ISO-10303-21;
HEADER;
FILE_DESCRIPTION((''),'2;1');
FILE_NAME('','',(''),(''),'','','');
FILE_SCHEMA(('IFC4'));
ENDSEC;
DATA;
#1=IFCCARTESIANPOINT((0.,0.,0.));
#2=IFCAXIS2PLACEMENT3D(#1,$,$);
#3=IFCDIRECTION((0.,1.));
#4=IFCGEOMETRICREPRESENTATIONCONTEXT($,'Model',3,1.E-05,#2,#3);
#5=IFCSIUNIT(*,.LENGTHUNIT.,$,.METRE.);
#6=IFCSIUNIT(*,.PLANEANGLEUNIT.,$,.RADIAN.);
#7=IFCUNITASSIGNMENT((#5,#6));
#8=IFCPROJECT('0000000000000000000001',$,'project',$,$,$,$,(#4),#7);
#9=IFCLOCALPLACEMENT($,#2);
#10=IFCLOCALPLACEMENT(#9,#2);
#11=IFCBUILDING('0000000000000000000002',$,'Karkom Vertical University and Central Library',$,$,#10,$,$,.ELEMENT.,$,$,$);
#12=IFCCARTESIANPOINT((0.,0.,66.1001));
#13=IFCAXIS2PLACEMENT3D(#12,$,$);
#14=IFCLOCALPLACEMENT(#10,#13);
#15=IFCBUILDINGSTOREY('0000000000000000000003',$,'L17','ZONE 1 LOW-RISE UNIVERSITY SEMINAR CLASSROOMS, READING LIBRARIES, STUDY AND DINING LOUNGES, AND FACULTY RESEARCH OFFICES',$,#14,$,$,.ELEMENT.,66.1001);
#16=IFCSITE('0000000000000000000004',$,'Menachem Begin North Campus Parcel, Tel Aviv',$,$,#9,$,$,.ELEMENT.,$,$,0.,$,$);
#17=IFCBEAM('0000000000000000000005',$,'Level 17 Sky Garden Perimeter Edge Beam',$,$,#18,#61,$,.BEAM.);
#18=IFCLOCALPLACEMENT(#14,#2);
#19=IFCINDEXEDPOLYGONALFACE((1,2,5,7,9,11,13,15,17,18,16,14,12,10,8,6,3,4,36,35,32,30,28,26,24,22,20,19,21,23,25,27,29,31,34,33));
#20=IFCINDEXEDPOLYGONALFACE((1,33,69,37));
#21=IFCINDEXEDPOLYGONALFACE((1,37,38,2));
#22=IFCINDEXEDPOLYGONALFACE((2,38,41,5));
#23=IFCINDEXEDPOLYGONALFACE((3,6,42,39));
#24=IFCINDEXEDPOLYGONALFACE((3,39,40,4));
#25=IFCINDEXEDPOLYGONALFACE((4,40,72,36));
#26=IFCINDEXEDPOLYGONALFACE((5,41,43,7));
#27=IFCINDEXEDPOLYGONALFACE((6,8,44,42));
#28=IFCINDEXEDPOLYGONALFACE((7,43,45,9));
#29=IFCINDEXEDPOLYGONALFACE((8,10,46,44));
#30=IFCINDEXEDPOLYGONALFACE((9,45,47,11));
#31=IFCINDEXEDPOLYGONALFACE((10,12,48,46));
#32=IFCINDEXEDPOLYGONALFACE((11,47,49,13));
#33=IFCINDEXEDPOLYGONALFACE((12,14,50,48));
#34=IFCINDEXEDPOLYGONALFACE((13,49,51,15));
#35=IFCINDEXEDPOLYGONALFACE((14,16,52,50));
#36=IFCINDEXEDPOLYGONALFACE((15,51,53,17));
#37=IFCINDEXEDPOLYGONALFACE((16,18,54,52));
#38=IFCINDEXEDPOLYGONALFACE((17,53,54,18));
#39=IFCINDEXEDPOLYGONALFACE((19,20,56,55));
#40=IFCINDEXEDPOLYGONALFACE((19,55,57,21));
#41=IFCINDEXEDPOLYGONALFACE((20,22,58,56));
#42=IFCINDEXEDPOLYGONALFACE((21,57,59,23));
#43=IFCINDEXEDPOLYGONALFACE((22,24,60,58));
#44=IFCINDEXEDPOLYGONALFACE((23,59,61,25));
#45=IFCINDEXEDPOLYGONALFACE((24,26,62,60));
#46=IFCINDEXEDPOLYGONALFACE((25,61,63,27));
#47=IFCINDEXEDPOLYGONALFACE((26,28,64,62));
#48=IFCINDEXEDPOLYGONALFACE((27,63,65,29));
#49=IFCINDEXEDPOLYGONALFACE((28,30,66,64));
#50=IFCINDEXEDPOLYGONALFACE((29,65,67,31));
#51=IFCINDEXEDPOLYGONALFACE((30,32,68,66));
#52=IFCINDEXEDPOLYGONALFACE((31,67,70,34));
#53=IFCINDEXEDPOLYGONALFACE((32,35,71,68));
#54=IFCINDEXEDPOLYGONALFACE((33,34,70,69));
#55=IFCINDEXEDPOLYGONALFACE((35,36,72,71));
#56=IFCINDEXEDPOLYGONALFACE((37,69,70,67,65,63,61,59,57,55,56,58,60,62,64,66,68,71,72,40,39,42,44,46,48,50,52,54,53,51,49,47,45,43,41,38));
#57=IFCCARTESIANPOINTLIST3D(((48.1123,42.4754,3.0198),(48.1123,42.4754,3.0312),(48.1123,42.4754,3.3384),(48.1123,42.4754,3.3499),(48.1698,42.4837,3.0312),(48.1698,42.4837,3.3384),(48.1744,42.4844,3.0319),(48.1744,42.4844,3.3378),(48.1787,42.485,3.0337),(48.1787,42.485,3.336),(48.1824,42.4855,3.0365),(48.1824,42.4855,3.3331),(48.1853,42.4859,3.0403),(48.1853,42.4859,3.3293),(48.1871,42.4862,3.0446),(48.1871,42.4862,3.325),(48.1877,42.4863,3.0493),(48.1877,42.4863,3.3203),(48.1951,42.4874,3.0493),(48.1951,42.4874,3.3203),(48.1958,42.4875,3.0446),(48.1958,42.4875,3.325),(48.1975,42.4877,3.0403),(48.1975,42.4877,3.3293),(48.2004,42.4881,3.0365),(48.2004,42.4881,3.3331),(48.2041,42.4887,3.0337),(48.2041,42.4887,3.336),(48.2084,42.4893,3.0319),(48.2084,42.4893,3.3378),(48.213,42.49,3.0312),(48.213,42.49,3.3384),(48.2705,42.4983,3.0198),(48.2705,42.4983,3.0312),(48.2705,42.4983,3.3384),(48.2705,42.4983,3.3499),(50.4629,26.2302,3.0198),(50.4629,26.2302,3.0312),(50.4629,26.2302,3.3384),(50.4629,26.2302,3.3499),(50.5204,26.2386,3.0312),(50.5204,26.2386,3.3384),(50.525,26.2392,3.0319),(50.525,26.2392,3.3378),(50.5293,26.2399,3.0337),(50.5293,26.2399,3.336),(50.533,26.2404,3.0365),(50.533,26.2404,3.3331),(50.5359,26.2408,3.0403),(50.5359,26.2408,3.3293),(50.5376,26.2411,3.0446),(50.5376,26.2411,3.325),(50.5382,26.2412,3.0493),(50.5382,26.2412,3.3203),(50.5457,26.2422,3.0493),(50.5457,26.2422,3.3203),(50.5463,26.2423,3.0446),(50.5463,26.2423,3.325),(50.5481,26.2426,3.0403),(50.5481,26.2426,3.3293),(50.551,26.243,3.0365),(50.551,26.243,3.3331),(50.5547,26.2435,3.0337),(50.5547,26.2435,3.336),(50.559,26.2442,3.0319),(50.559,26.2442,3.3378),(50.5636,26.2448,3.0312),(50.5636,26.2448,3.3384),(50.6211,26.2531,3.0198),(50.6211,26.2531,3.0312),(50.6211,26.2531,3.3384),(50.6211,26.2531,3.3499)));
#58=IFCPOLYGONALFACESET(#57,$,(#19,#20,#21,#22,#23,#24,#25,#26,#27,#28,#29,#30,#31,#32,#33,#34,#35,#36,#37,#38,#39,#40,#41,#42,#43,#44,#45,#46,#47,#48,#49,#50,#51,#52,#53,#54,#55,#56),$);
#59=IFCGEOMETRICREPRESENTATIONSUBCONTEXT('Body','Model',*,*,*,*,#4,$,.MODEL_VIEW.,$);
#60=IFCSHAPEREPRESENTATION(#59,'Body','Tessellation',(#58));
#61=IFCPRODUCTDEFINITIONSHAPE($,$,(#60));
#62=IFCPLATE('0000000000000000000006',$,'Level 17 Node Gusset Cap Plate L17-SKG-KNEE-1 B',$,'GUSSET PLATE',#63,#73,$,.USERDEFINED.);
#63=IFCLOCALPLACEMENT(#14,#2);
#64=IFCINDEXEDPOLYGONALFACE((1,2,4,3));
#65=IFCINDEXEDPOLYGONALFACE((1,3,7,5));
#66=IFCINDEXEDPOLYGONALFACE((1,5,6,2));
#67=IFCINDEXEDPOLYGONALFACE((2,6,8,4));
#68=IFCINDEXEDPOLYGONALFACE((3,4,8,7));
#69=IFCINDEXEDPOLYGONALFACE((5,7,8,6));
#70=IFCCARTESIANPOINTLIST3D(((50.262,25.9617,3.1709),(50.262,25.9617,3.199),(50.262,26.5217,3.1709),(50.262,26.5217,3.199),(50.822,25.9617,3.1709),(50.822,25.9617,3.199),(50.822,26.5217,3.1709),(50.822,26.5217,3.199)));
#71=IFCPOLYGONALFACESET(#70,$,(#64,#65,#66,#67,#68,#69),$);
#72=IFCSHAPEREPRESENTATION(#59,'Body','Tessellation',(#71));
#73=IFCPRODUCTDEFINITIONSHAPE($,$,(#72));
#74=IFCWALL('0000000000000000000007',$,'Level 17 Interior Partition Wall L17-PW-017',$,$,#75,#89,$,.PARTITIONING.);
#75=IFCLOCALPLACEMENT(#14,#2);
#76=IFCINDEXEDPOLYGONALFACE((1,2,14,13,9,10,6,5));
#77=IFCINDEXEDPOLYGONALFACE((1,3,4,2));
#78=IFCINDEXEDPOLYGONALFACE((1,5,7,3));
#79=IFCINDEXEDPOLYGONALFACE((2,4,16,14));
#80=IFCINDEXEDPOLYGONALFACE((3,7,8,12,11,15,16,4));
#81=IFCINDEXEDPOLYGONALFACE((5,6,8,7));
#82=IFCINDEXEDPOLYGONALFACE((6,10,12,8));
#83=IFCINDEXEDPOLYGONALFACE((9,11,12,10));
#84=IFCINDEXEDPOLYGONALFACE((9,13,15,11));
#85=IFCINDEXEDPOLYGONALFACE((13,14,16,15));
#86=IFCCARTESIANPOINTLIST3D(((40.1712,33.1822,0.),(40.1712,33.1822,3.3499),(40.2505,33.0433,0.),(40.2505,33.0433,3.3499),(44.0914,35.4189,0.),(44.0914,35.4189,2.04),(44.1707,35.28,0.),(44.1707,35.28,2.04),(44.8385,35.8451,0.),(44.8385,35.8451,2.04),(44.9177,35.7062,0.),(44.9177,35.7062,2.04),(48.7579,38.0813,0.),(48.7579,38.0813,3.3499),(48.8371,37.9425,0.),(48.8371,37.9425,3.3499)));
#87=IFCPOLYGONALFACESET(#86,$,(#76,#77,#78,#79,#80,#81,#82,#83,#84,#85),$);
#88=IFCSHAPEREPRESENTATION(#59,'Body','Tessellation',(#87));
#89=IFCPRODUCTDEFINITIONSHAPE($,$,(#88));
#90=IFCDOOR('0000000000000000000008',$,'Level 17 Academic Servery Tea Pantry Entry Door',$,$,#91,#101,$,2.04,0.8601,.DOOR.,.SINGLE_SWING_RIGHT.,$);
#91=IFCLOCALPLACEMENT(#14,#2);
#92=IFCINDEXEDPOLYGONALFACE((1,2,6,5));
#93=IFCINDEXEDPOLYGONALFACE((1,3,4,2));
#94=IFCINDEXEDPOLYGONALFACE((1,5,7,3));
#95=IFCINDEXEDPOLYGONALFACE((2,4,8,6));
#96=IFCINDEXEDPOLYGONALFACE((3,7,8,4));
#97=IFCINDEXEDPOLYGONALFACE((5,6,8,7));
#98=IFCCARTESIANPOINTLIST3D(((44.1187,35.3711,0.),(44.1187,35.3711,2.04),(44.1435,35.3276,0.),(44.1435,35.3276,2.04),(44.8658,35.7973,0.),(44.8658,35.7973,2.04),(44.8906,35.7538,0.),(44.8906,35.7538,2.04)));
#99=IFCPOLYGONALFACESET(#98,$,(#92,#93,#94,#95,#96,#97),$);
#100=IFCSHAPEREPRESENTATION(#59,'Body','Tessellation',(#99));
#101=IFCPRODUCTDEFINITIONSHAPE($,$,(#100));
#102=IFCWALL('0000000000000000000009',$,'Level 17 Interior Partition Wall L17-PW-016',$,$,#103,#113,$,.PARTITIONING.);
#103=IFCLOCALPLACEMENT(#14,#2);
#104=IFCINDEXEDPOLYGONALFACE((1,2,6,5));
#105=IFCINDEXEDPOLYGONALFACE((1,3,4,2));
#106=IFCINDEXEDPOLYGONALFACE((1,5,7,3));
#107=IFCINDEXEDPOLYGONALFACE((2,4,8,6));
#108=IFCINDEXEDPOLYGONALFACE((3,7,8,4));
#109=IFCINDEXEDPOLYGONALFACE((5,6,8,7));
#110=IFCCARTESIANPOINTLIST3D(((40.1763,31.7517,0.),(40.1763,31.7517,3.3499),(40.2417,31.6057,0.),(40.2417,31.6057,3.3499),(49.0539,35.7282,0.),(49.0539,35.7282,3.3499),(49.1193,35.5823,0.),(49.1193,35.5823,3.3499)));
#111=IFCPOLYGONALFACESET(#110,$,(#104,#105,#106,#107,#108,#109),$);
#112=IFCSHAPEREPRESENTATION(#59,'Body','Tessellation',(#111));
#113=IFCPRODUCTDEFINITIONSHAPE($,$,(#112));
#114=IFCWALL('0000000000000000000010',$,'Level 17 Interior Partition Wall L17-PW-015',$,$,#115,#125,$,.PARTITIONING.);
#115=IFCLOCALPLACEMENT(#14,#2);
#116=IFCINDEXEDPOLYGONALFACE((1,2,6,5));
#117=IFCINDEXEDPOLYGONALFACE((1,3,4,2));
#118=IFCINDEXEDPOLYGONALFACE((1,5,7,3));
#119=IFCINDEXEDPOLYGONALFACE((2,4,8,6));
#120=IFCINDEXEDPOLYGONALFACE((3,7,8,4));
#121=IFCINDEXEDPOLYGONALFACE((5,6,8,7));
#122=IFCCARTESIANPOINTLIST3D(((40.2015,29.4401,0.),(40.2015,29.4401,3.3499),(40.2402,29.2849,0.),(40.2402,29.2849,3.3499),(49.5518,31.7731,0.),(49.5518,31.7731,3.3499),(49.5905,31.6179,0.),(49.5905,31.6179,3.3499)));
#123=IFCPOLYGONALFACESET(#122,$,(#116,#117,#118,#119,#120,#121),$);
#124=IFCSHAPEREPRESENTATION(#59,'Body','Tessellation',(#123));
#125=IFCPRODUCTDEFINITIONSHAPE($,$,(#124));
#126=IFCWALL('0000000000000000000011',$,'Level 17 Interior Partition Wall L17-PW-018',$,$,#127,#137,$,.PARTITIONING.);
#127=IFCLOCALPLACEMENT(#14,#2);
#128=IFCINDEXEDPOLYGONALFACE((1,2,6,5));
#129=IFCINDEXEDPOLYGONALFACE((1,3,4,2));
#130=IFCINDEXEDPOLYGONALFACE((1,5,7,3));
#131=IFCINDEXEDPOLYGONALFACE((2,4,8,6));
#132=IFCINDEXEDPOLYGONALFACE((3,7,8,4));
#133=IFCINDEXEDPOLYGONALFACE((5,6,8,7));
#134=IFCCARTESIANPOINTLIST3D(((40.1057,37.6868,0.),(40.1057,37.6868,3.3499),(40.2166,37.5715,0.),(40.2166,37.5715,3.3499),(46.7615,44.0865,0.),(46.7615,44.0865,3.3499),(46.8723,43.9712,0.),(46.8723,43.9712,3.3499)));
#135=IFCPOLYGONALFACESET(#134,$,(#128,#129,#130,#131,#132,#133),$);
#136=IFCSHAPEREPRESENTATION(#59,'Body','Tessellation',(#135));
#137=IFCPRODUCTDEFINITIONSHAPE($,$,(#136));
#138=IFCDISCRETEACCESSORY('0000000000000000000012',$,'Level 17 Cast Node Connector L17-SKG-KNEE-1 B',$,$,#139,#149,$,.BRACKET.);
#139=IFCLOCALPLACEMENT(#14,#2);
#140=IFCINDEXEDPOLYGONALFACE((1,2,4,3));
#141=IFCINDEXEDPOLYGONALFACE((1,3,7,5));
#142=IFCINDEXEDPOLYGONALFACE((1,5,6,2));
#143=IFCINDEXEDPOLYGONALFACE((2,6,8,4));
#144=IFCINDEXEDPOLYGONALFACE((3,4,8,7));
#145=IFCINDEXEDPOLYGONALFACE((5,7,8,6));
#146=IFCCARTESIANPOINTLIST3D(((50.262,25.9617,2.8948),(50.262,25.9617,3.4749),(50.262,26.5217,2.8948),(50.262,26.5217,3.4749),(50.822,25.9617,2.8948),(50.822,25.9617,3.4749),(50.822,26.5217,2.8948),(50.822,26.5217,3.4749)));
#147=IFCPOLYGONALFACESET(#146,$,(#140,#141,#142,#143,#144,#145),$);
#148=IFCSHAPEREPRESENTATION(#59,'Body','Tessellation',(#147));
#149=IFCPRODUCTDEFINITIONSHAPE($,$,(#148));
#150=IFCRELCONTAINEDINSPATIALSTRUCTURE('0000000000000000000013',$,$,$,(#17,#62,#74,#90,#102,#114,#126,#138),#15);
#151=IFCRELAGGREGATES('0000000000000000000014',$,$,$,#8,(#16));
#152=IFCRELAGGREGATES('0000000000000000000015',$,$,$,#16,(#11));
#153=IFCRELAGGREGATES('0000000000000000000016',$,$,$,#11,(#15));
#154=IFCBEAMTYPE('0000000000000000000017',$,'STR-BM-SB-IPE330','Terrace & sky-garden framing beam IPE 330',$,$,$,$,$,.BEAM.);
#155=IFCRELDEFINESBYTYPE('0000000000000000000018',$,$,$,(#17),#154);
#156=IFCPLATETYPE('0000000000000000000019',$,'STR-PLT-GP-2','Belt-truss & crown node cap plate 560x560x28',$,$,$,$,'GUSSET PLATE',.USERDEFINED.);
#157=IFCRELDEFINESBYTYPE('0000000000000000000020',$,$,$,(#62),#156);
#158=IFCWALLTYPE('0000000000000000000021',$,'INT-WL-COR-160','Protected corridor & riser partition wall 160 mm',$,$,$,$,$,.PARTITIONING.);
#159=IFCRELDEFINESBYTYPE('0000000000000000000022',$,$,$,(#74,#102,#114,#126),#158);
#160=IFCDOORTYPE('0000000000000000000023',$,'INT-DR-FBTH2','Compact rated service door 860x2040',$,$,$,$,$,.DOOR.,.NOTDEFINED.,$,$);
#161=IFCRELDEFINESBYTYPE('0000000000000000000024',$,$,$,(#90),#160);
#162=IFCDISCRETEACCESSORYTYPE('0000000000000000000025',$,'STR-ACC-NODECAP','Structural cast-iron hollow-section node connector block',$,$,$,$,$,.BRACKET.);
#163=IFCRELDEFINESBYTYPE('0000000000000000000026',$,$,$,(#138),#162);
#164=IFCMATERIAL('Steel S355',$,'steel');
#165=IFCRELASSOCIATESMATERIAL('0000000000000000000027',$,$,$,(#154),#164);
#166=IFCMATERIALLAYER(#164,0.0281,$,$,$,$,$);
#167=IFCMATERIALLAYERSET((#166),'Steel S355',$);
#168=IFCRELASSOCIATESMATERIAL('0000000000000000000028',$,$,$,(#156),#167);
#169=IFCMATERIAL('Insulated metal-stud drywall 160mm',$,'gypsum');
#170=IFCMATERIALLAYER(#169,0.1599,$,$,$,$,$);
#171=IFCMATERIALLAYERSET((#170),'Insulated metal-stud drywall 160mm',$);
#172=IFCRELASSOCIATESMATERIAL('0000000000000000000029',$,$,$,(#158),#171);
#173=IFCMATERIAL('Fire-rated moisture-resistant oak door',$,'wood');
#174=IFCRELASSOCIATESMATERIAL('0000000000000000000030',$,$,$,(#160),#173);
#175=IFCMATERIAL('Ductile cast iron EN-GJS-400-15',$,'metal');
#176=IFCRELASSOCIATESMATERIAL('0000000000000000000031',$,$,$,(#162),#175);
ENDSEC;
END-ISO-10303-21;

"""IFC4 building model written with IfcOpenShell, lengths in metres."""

from ifc_helpers import new_model, si_unit, direction, frame, frame_2d, origin, origin_with_axes, origin_2d, place, context, subcontext, project, spatial, rectangle, i_section, extrude, source, transform, mapped, material, layer, layer_set, material_profile, profile_set, type_object, element, fill, save


model = new_model("IFC4")

# Units and contexts
model_context = context("Model", 3, precision=1e-05, world=origin(), true_north=direction((0.0, 1.0)))
body_context = subcontext(model_context, "Body", "Model", "MODEL_VIEW")
ifc_project = project(units=[si_unit("LENGTHUNIT", "METRE"), si_unit("PLANEANGLEUNIT", "RADIAN")], contexts=[model_context])

# Site, building, storey
site_placement = place(None, origin())
site = spatial("IfcSite", under=ifc_project, at=site_placement, Name="Menachem Begin North Campus Parcel, Tel Aviv", CompositionType="ELEMENT", RefElevation=0.0)
building_placement = place(site_placement, origin())
building = spatial("IfcBuilding", under=site, at=building_placement, Name="Karkom Vertical University and Central Library", CompositionType="ELEMENT")
storey_placement = place(building_placement, frame((0.0, 0.0, 66.1001)))
storey = spatial("IfcBuildingStorey", under=building, at=storey_placement, Name="L17", Description="ZONE 1 LOW-RISE UNIVERSITY SEMINAR CLASSROOMS, READING LIBRARIES, STUDY AND DINING LOUNGES, AND FACULTY RESEARCH OFFICES", CompositionType="ELEMENT", Elevation=66.1001)

# Beam
ifc_material_1 = material(Name="Steel S355", Category="steel")
ifc_material_profile_1 = material_profile(ifc_material_1, i_section(OverallWidth=0.1599, OverallDepth=0.3301, WebThickness=0.0076, FlangeThickness=0.0115, FilletRadius=0.0181, at=origin_2d()), Name="IPE 330")
ifc_profile_set_1 = profile_set([ifc_material_profile_1], Name="Steel S355")
beam_type_1 = type_object("IfcBeamType", Name="STR-BM-SB-IPE330", Description="Terrace & sky-garden framing beam IPE 330", PredefinedType="BEAM", material=ifc_profile_set_1)
shared_shape_1 = source(origin_with_axes(), body_context, "Body", "SweptSolid", [
    extrude(i_section(OverallWidth=0.1599, OverallDepth=0.3301, WebThickness=0.0076, FlangeThickness=0.0115, FilletRadius=0.0181, at=origin_2d()), origin(), (0.0, 0.0, 1.0), 16.4143),
])
beam_1_placement = place(storey_placement, frame((50.542, 26.2417, 3.1848), z_axis=(-0.143204, 0.989693, 0.0), x_axis=(-0.989693, -0.143204, 0.0)))
element("IfcBeam", 1, at=beam_1_placement, inside=storey, type_object=beam_type_1, Name="Level 17 Sky Garden Perimeter Edge Beam", PredefinedType="BEAM", context=body_context, shape_type="MappedRepresentation", body=[
    mapped(shared_shape_1, transform((0.0, 0.0, 0.0), scale=1.0)),
])

# Plate
ifc_layer_1 = layer(ifc_material_1, 0.0281)
ifc_layer_set_1 = layer_set([ifc_layer_1], Name="Steel S355")
plate_type = type_object("IfcPlateType", Name="STR-PLT-GP-2", Description="Belt-truss & crown node cap plate 560x560x28", ElementType="GUSSET PLATE", PredefinedType="USERDEFINED", material=ifc_layer_set_1)
shared_shape_2 = source(origin_with_axes(), body_context, "Body", "SweptSolid", [
    extrude(rectangle(XDim=0.5601, YDim=0.5601, at=origin_2d()), origin(), (0.0, 0.0, 1.0), 0.0281),
])
plate_placement = place(storey_placement, frame((50.542, 26.2417, 3.1709), z_axis=(0.0, 0.0, 1.0), x_axis=(1.0, 0.0, 0.0)))
element("IfcPlate", 2, at=plate_placement, inside=storey, type_object=plate_type, Name="Level 17 Node Gusset Cap Plate L17-SKG-KNEE-1 B", ObjectType="GUSSET PLATE", PredefinedType="USERDEFINED", context=body_context, shape_type="MappedRepresentation", body=[
    mapped(shared_shape_2, transform((0.0, 0.0, 0.0), scale=1.0)),
])

# Shared definitions
ifc_material_2 = material(Name="Insulated metal-stud drywall 160mm", Category="gypsum")
ifc_layer_2 = layer(ifc_material_2, 0.1599)
ifc_layer_set_2 = layer_set([ifc_layer_2], Name="Insulated metal-stud drywall 160mm")
wall_type = type_object("IfcWallType", Name="INT-WL-COR-160", Description="Protected corridor & riser partition wall 160 mm", PredefinedType="PARTITIONING", material=ifc_layer_set_2)

# Wall, opening, door
wall_1_placement = place(storey_placement, frame((40.2109, 33.1128, 0.0), z_axis=(0.0, 0.0, 1.0), x_axis=(0.86857, 0.495567, 0.0)))
wall_1 = element("IfcWall", 3, at=wall_1_placement, inside=storey, type_object=wall_type, Name="Level 17 Interior Partition Wall L17-PW-017", PredefinedType="PARTITIONING", context=body_context, shape_type="SweptSolid", body=[
    extrude(rectangle(XDim=9.886, YDim=0.1599, at=frame_2d((4.9429, 0.0))), origin(), (0.0, 0.0, 1.0), 3.3499),
])
opening_1_placement = place(wall_1_placement, frame((4.5132, 0.0, 0.0)))
opening_1 = element("IfcOpeningElement", 4, at=opening_1_placement, cuts=wall_1, PredefinedType="OPENING", context=body_context, shape_type="SweptSolid", body=[
    extrude(rectangle(XDim=0.8601, YDim=2.04, at=frame_2d((0.4302, 1.02))), frame((0.0, 0.0898, 0.0), z_axis=(0.0, -1.0, 0.0), x_axis=(1.0, 0.0, 0.0)), (0.0, 0.0, 1.0), 0.1799),
])
ifc_material_3 = material(Name="Fire-rated moisture-resistant oak door", Category="wood")
door_type_1 = type_object("IfcDoorType", Name="INT-DR-FBTH2", Description="Compact rated service door 860x2040", OperationType="NOTDEFINED", PredefinedType="DOOR", material=ifc_material_3)
shared_shape_3 = source(origin_with_axes(), body_context, "Body", "SweptSolid", [
    extrude(rectangle(XDim=0.8601, YDim=2.04, at=frame_2d((0.4302, 1.02))), frame((0.0, 0.0249, 0.0), z_axis=(0.0, -1.0, 0.0), x_axis=(1.0, 0.0, 0.0)), (0.0, 0.0, 1.0), 0.05),
])
door_1_placement = place(opening_1_placement, origin())
door_1 = element("IfcDoor", 5, at=door_1_placement, inside=storey, type_object=door_type_1, Name="Level 17 Academic Servery Tea Pantry Entry Door", OperationType="SINGLE_SWING_RIGHT", OverallHeight=2.04, OverallWidth=0.8601, PredefinedType="DOOR", context=body_context, shape_type="MappedRepresentation", body=[
    mapped(shared_shape_3, transform((0.0, 0.0, 0.0), scale=1.0)),
])
fill(opening_1, door_1)

# Walls
wall_2_placement = place(storey_placement, frame((40.209, 31.6787, 0.0), z_axis=(0.0, 0.0, 1.0), x_axis=(0.912628, 0.408791, 0.0)))
element("IfcWall", 6, at=wall_2_placement, inside=storey, type_object=wall_type, Name="Level 17 Interior Partition Wall L17-PW-016", PredefinedType="PARTITIONING", context=body_context, shape_type="SweptSolid", body=[
    extrude(rectangle(XDim=9.7275, YDim=0.1599, at=frame_2d((4.8638, 0.0))), origin(), (0.0, 0.0, 1.0), 3.3499),
])
wall_3_placement = place(storey_placement, frame((40.2209, 29.3625, 0.0), z_axis=(0.0, 0.0, 1.0), x_axis=(0.970254, 0.242089, 0.0)))
element("IfcWall", 7, at=wall_3_placement, inside=storey, type_object=wall_type, Name="Level 17 Interior Partition Wall L17-PW-015", PredefinedType="PARTITIONING", context=body_context, shape_type="SweptSolid", body=[
    extrude(rectangle(XDim=9.637, YDim=0.1599, at=frame_2d((4.8184, 0.0))), origin(), (0.0, 0.0, 1.0), 3.3499),
])
wall_4_placement = place(storey_placement, frame((40.1611, 37.6292, 0.0), z_axis=(0.0, 0.0, 1.0), x_axis=(0.720839, 0.693102, 0.0)))
element("IfcWall", 8, at=wall_4_placement, inside=storey, type_object=wall_type, Name="Level 17 Interior Partition Wall L17-PW-018", PredefinedType="PARTITIONING", context=body_context, shape_type="SweptSolid", body=[
    extrude(rectangle(XDim=9.2334, YDim=0.1599, at=frame_2d((4.6167, 0.0))), origin(), (0.0, 0.0, 1.0), 3.3499),
])

# Discrete accessory
ifc_material_4 = material(Name="Ductile cast iron EN-GJS-400-15", Category="metal")
discrete_accessory_type = type_object("IfcDiscreteAccessoryType", Name="STR-ACC-NODECAP", Description="Structural cast-iron hollow-section node connector block", PredefinedType="BRACKET", material=ifc_material_4)
shared_shape_4 = source(origin_with_axes(), body_context, "Body", "SweptSolid", [
    extrude(rectangle(XDim=0.5601, YDim=0.5601, at=origin_2d()), origin(), (0.0, 0.0, 1.0), 0.5801),
])
discrete_accessory_placement = place(storey_placement, frame((50.542, 26.2417, 2.8948), z_axis=(0.0, 0.0, 1.0), x_axis=(1.0, 0.0, 0.0)))
element("IfcDiscreteAccessory", 9, at=discrete_accessory_placement, inside=storey, type_object=discrete_accessory_type, Name="Level 17 Cast Node Connector L17-SKG-KNEE-1 B", PredefinedType="BRACKET", context=body_context, shape_type="MappedRepresentation", body=[
    mapped(shared_shape_4, transform((0.0, 0.0, 0.0), scale=1.0)),
])

save(model, "model.ifc")
